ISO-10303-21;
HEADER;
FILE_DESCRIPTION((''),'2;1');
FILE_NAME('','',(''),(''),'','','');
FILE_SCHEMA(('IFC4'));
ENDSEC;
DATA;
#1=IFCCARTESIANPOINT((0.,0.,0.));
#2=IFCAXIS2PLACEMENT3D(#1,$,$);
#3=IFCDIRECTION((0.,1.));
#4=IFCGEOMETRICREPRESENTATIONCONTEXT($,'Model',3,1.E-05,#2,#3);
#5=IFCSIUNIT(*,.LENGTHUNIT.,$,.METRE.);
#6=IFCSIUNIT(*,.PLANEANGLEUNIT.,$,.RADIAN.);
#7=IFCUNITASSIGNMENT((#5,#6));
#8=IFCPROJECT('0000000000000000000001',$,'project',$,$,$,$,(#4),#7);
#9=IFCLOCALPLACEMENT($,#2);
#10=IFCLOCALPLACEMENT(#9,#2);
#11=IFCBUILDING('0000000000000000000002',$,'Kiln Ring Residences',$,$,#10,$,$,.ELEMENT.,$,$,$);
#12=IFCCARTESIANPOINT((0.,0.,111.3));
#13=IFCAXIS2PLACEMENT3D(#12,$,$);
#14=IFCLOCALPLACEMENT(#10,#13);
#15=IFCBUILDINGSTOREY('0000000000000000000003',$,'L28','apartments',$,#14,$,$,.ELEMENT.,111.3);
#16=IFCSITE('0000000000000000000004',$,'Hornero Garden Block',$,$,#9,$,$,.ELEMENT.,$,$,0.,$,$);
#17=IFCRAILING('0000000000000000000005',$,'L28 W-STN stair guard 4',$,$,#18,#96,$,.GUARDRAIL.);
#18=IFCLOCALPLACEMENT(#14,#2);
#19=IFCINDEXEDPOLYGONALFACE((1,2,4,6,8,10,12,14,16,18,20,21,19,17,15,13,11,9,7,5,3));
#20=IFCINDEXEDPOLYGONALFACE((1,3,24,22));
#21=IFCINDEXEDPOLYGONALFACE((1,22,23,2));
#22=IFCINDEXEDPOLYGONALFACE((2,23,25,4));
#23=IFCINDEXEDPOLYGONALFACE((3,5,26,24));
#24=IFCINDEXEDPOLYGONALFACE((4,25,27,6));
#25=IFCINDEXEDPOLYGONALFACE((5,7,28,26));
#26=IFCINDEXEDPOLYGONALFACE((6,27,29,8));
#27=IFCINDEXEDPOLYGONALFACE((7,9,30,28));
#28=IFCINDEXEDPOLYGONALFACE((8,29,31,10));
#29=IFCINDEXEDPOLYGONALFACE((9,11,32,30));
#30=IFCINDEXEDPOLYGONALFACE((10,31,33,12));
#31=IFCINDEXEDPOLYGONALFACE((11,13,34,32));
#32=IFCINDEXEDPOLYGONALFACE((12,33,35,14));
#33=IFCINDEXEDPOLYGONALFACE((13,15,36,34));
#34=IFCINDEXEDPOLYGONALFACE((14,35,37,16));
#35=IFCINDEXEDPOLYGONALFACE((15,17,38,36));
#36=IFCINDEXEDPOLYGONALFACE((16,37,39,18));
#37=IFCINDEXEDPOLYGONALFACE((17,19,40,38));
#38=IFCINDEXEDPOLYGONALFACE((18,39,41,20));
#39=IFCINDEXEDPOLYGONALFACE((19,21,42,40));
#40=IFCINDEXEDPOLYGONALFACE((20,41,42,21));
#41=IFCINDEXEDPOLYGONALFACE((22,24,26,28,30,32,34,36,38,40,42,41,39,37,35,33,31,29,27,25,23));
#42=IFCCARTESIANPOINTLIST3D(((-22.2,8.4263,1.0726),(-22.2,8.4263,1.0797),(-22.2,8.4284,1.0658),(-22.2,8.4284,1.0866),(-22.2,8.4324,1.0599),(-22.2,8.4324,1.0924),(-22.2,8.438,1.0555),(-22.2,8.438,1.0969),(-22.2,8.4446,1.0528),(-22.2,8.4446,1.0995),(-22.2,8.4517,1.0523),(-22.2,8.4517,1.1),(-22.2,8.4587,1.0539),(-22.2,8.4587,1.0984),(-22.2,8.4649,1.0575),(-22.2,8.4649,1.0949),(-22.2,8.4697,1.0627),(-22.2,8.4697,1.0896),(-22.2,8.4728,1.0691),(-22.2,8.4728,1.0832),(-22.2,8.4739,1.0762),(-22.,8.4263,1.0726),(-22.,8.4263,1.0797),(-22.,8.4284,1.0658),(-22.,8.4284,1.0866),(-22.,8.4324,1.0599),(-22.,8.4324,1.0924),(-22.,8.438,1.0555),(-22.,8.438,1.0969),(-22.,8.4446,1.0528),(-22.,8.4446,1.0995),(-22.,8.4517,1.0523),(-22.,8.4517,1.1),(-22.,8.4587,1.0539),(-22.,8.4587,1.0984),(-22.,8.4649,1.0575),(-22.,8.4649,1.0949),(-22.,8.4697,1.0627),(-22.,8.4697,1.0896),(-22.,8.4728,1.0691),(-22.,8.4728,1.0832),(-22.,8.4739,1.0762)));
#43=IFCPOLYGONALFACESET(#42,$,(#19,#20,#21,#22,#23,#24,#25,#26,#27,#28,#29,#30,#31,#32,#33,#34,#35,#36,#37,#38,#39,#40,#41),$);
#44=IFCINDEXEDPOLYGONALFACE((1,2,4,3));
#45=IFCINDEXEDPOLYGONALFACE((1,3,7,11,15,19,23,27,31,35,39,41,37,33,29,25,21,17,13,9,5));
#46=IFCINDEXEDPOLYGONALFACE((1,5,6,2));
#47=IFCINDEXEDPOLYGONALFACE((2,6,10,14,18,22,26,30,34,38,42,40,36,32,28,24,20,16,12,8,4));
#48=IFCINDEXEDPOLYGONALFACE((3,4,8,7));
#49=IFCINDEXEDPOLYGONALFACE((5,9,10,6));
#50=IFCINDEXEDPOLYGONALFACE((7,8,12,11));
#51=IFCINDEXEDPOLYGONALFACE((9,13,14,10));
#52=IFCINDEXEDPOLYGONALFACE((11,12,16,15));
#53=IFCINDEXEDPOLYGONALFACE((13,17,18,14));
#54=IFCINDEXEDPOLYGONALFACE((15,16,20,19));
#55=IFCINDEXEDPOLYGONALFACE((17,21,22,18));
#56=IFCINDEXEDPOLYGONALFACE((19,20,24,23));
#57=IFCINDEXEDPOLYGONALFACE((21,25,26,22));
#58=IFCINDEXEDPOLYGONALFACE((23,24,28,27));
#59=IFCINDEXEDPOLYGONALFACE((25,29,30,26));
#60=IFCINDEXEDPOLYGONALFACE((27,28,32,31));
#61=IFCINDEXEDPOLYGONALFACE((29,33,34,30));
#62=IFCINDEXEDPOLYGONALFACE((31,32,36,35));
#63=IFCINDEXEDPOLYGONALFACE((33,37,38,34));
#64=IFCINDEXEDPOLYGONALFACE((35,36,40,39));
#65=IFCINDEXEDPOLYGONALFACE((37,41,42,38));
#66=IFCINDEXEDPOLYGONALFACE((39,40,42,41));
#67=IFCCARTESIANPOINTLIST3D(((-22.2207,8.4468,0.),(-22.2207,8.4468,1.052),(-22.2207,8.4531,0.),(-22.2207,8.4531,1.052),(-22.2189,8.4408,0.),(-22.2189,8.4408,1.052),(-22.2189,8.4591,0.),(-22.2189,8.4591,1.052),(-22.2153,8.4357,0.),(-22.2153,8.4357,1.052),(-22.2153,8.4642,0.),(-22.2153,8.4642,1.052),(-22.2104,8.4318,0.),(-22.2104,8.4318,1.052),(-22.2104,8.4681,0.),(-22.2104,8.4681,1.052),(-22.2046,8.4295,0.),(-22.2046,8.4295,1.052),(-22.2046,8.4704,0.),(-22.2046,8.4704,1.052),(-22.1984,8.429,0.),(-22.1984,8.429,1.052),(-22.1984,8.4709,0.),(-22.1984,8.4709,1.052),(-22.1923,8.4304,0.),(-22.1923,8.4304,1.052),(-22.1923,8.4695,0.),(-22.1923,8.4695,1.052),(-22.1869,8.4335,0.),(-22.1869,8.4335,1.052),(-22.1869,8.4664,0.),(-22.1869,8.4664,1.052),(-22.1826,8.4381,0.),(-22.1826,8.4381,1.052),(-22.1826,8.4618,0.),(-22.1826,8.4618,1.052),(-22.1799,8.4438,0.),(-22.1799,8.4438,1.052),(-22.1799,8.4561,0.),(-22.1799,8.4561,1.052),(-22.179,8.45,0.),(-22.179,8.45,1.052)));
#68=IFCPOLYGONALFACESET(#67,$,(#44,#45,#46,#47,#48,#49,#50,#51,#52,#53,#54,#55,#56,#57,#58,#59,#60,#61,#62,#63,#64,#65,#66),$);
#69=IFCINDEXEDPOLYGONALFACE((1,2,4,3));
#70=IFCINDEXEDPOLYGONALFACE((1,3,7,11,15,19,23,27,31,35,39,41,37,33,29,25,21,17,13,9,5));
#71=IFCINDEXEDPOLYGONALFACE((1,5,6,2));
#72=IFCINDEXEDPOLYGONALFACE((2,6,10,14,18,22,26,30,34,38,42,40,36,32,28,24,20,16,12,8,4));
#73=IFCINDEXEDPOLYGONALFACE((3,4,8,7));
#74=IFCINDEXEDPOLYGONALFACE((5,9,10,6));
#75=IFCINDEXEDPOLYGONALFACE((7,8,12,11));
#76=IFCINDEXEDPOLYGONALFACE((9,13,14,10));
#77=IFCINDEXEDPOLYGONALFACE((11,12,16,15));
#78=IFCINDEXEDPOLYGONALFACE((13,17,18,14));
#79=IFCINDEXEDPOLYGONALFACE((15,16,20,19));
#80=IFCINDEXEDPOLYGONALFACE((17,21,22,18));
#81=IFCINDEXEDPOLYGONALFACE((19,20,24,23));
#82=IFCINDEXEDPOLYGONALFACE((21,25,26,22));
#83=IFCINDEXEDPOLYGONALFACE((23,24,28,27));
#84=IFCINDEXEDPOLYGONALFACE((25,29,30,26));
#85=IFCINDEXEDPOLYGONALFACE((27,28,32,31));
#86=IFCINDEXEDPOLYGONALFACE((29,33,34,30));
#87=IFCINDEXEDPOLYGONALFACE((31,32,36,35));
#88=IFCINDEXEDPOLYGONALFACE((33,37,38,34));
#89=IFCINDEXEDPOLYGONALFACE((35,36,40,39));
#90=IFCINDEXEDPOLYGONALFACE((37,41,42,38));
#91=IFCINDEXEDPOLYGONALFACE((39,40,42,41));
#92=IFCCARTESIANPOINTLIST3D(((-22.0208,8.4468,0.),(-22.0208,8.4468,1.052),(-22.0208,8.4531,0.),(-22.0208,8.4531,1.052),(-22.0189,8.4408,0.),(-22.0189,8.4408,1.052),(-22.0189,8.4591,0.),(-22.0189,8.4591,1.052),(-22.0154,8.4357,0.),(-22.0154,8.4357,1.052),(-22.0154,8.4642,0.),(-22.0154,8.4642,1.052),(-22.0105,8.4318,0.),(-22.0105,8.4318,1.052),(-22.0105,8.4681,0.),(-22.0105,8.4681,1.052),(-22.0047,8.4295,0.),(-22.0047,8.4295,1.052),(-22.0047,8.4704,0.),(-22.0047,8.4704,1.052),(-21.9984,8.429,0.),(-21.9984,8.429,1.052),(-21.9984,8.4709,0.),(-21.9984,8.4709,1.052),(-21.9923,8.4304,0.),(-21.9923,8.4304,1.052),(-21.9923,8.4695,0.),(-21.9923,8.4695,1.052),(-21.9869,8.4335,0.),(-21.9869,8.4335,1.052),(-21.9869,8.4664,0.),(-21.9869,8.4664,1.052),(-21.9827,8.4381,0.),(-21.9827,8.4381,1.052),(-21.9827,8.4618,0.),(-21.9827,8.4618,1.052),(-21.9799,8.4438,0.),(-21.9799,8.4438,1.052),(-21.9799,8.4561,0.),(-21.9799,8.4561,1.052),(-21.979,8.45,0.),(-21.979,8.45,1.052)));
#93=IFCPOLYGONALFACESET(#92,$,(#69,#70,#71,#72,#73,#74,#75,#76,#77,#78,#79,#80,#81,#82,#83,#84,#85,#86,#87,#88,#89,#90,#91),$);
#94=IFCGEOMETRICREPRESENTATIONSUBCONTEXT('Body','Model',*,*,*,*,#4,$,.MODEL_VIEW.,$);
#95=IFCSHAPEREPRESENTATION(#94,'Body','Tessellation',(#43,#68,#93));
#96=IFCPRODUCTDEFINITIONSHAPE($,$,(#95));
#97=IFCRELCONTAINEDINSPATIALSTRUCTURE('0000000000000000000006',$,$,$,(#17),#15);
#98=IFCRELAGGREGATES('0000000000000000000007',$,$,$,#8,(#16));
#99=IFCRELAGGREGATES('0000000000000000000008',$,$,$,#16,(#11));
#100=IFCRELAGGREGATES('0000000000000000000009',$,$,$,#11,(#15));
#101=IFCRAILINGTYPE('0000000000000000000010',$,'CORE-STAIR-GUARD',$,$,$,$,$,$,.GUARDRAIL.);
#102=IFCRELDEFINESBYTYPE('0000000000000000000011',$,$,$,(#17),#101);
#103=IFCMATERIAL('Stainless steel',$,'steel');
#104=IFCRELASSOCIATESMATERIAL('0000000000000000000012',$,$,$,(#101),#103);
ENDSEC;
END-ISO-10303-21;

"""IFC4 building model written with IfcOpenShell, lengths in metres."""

from ifc_helpers import new_model, si_unit, direction, frame, origin, origin_2d, place, context, subcontext, project, spatial, circle, extrude, material, type_object, element, save


model = new_model("IFC4")

# Units and contexts
model_context = context("Model", 3, precision=1e-05, world=origin(), true_north=direction((0.0, 1.0)))
body_context = subcontext(model_context, "Body", "Model", "MODEL_VIEW")
ifc_project = project(units=[si_unit("LENGTHUNIT", "METRE"), si_unit("PLANEANGLEUNIT", "RADIAN")], contexts=[model_context])

# Site, building, storey
site_placement = place(None, origin())
site = spatial("IfcSite", under=ifc_project, at=site_placement, Name="Hornero Garden Block", CompositionType="ELEMENT", RefElevation=0.0)
building_placement = place(site_placement, origin())
building = spatial("IfcBuilding", under=site, at=building_placement, Name="Kiln Ring Residences", CompositionType="ELEMENT")
storey_placement = place(building_placement, frame((0.0, 0.0, 111.3)))
storey = spatial("IfcBuildingStorey", under=building, at=storey_placement, Name="L28", Description="apartments", CompositionType="ELEMENT", Elevation=111.3)

# Railing
ifc_material_1 = material(Name="Stainless steel", Category="steel")
railing_type_1 = type_object("IfcRailingType", Name="CORE-STAIR-GUARD", PredefinedType="GUARDRAIL", material=ifc_material_1)
railing_1_placement = place(storey_placement, frame((-22.2, 8.45, 0.0)))
element("IfcRailing", 1, at=railing_1_placement, inside=storey, type_object=railing_type_1, Name="L28 W-STN stair guard 4", PredefinedType="GUARDRAIL", context=body_context, shape_type="SweptSolid", body=[
    extrude(circle(Radius=0.0239, at=origin_2d()), frame((0.0, 0.0, 1.0762), z_axis=(1.0, 0.0, 0.0), x_axis=(0.0, 1.0, 0.0)), (0.0, 0.0, 1.0), 0.2),
    extrude(circle(Radius=0.021, at=origin_2d()), origin(), (0.0, 0.0, 1.0), 1.052),
    extrude(circle(Radius=0.021, at=origin_2d()), frame((0.2, 0.0, 0.0)), (0.0, 0.0, 1.0), 1.052),
])

save(model, "model.ifc")
